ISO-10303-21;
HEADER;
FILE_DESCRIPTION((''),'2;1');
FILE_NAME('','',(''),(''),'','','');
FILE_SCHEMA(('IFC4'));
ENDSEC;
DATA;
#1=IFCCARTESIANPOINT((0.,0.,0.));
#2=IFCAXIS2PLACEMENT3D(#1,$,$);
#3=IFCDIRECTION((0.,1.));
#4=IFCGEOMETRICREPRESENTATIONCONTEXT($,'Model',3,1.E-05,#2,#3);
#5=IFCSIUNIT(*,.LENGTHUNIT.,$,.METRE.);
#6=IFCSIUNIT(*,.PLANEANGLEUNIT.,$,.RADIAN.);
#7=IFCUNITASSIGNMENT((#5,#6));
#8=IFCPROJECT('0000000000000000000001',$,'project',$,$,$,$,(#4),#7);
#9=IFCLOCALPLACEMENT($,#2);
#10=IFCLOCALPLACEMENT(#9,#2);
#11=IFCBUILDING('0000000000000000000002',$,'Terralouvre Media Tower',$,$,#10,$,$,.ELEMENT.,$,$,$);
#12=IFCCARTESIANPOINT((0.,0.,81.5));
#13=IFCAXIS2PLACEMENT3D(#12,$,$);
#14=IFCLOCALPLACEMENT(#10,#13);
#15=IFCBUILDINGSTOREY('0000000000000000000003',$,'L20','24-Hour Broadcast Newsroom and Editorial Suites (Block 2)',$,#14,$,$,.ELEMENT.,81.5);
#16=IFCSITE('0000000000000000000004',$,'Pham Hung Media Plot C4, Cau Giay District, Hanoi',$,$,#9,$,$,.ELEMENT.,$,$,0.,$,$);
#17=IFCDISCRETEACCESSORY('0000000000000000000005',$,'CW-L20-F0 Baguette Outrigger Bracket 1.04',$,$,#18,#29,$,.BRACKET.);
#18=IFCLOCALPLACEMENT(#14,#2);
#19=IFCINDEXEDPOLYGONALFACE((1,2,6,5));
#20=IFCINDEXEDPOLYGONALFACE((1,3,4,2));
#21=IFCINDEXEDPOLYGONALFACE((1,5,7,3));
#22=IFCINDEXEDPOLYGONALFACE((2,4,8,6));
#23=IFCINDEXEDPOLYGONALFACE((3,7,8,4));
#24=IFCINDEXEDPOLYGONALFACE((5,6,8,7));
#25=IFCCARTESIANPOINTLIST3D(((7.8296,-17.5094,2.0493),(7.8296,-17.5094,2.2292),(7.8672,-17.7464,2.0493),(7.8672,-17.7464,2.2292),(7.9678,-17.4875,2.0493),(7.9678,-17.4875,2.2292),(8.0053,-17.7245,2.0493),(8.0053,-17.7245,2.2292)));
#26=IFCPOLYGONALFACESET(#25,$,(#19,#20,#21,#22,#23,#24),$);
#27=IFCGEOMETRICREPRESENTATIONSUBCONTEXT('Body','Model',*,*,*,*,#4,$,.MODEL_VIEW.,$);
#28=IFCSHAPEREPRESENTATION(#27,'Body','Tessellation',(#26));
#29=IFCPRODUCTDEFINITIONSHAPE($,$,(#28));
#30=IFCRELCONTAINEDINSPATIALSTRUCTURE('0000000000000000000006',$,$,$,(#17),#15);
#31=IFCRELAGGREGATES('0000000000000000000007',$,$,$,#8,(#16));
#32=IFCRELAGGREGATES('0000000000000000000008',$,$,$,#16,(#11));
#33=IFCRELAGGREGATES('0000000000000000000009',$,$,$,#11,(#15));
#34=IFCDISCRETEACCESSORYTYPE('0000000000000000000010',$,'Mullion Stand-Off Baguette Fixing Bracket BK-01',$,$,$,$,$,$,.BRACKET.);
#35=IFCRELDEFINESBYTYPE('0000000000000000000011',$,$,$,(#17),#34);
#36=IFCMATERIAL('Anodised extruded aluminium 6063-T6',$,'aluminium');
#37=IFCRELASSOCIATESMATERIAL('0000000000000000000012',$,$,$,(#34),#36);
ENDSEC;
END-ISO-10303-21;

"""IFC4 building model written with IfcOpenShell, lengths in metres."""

from ifc_helpers import new_model, si_unit, direction, frame, origin, origin_2d, place, context, subcontext, project, spatial, rectangle, extrude, material, type_object, element, save


model = new_model("IFC4")

# Units and contexts
model_context = context("Model", 3, precision=1e-05, world=origin(), true_north=direction((0.0, 1.0)))
body_context = subcontext(model_context, "Body", "Model", "MODEL_VIEW")
ifc_project = project(units=[si_unit("LENGTHUNIT", "METRE"), si_unit("PLANEANGLEUNIT", "RADIAN")], contexts=[model_context])

# Site, building, storey
site_placement = place(None, origin())
site = spatial("IfcSite", under=ifc_project, at=site_placement, Name="Pham Hung Media Plot C4, Cau Giay District, Hanoi", CompositionType="ELEMENT", RefElevation=0.0)
building_placement = place(site_placement, origin())
building = spatial("IfcBuilding", under=site, at=building_placement, Name="Terralouvre Media Tower", CompositionType="ELEMENT")
storey_placement = place(building_placement, frame((0.0, 0.0, 81.5)))
storey = spatial("IfcBuildingStorey", under=building, at=storey_placement, Name="L20", Description="24-Hour Broadcast Newsroom and Editorial Suites (Block 2)", CompositionType="ELEMENT", Elevation=81.5)

# Discrete accessory
ifc_material_1 = material(Name="Anodised extruded aluminium 6063-T6", Category="aluminium")
discrete_accessory_type = type_object("IfcDiscreteAccessoryType", Name="Mullion Stand-Off Baguette Fixing Bracket BK-01", PredefinedType="BRACKET", material=ifc_material_1)
discrete_accessory_placement = place(storey_placement, frame((7.9175, -17.6169, 2.0493), z_axis=(0.0, 0.0, 1.0), x_axis=(0.987688, 0.156434, 0.0)))
element("IfcDiscreteAccessory", 1, at=discrete_accessory_placement, inside=storey, type_object=discrete_accessory_type, Name="CW-L20-F0 Baguette Outrigger Bracket 1.04", PredefinedType="BRACKET", context=body_context, shape_type="SweptSolid", body=[
    extrude(rectangle(XDim=0.1399, YDim=0.24, at=origin_2d()), origin(), (0.0, 0.0, 1.0), 0.1799),
])

save(model, "model.ifc")
